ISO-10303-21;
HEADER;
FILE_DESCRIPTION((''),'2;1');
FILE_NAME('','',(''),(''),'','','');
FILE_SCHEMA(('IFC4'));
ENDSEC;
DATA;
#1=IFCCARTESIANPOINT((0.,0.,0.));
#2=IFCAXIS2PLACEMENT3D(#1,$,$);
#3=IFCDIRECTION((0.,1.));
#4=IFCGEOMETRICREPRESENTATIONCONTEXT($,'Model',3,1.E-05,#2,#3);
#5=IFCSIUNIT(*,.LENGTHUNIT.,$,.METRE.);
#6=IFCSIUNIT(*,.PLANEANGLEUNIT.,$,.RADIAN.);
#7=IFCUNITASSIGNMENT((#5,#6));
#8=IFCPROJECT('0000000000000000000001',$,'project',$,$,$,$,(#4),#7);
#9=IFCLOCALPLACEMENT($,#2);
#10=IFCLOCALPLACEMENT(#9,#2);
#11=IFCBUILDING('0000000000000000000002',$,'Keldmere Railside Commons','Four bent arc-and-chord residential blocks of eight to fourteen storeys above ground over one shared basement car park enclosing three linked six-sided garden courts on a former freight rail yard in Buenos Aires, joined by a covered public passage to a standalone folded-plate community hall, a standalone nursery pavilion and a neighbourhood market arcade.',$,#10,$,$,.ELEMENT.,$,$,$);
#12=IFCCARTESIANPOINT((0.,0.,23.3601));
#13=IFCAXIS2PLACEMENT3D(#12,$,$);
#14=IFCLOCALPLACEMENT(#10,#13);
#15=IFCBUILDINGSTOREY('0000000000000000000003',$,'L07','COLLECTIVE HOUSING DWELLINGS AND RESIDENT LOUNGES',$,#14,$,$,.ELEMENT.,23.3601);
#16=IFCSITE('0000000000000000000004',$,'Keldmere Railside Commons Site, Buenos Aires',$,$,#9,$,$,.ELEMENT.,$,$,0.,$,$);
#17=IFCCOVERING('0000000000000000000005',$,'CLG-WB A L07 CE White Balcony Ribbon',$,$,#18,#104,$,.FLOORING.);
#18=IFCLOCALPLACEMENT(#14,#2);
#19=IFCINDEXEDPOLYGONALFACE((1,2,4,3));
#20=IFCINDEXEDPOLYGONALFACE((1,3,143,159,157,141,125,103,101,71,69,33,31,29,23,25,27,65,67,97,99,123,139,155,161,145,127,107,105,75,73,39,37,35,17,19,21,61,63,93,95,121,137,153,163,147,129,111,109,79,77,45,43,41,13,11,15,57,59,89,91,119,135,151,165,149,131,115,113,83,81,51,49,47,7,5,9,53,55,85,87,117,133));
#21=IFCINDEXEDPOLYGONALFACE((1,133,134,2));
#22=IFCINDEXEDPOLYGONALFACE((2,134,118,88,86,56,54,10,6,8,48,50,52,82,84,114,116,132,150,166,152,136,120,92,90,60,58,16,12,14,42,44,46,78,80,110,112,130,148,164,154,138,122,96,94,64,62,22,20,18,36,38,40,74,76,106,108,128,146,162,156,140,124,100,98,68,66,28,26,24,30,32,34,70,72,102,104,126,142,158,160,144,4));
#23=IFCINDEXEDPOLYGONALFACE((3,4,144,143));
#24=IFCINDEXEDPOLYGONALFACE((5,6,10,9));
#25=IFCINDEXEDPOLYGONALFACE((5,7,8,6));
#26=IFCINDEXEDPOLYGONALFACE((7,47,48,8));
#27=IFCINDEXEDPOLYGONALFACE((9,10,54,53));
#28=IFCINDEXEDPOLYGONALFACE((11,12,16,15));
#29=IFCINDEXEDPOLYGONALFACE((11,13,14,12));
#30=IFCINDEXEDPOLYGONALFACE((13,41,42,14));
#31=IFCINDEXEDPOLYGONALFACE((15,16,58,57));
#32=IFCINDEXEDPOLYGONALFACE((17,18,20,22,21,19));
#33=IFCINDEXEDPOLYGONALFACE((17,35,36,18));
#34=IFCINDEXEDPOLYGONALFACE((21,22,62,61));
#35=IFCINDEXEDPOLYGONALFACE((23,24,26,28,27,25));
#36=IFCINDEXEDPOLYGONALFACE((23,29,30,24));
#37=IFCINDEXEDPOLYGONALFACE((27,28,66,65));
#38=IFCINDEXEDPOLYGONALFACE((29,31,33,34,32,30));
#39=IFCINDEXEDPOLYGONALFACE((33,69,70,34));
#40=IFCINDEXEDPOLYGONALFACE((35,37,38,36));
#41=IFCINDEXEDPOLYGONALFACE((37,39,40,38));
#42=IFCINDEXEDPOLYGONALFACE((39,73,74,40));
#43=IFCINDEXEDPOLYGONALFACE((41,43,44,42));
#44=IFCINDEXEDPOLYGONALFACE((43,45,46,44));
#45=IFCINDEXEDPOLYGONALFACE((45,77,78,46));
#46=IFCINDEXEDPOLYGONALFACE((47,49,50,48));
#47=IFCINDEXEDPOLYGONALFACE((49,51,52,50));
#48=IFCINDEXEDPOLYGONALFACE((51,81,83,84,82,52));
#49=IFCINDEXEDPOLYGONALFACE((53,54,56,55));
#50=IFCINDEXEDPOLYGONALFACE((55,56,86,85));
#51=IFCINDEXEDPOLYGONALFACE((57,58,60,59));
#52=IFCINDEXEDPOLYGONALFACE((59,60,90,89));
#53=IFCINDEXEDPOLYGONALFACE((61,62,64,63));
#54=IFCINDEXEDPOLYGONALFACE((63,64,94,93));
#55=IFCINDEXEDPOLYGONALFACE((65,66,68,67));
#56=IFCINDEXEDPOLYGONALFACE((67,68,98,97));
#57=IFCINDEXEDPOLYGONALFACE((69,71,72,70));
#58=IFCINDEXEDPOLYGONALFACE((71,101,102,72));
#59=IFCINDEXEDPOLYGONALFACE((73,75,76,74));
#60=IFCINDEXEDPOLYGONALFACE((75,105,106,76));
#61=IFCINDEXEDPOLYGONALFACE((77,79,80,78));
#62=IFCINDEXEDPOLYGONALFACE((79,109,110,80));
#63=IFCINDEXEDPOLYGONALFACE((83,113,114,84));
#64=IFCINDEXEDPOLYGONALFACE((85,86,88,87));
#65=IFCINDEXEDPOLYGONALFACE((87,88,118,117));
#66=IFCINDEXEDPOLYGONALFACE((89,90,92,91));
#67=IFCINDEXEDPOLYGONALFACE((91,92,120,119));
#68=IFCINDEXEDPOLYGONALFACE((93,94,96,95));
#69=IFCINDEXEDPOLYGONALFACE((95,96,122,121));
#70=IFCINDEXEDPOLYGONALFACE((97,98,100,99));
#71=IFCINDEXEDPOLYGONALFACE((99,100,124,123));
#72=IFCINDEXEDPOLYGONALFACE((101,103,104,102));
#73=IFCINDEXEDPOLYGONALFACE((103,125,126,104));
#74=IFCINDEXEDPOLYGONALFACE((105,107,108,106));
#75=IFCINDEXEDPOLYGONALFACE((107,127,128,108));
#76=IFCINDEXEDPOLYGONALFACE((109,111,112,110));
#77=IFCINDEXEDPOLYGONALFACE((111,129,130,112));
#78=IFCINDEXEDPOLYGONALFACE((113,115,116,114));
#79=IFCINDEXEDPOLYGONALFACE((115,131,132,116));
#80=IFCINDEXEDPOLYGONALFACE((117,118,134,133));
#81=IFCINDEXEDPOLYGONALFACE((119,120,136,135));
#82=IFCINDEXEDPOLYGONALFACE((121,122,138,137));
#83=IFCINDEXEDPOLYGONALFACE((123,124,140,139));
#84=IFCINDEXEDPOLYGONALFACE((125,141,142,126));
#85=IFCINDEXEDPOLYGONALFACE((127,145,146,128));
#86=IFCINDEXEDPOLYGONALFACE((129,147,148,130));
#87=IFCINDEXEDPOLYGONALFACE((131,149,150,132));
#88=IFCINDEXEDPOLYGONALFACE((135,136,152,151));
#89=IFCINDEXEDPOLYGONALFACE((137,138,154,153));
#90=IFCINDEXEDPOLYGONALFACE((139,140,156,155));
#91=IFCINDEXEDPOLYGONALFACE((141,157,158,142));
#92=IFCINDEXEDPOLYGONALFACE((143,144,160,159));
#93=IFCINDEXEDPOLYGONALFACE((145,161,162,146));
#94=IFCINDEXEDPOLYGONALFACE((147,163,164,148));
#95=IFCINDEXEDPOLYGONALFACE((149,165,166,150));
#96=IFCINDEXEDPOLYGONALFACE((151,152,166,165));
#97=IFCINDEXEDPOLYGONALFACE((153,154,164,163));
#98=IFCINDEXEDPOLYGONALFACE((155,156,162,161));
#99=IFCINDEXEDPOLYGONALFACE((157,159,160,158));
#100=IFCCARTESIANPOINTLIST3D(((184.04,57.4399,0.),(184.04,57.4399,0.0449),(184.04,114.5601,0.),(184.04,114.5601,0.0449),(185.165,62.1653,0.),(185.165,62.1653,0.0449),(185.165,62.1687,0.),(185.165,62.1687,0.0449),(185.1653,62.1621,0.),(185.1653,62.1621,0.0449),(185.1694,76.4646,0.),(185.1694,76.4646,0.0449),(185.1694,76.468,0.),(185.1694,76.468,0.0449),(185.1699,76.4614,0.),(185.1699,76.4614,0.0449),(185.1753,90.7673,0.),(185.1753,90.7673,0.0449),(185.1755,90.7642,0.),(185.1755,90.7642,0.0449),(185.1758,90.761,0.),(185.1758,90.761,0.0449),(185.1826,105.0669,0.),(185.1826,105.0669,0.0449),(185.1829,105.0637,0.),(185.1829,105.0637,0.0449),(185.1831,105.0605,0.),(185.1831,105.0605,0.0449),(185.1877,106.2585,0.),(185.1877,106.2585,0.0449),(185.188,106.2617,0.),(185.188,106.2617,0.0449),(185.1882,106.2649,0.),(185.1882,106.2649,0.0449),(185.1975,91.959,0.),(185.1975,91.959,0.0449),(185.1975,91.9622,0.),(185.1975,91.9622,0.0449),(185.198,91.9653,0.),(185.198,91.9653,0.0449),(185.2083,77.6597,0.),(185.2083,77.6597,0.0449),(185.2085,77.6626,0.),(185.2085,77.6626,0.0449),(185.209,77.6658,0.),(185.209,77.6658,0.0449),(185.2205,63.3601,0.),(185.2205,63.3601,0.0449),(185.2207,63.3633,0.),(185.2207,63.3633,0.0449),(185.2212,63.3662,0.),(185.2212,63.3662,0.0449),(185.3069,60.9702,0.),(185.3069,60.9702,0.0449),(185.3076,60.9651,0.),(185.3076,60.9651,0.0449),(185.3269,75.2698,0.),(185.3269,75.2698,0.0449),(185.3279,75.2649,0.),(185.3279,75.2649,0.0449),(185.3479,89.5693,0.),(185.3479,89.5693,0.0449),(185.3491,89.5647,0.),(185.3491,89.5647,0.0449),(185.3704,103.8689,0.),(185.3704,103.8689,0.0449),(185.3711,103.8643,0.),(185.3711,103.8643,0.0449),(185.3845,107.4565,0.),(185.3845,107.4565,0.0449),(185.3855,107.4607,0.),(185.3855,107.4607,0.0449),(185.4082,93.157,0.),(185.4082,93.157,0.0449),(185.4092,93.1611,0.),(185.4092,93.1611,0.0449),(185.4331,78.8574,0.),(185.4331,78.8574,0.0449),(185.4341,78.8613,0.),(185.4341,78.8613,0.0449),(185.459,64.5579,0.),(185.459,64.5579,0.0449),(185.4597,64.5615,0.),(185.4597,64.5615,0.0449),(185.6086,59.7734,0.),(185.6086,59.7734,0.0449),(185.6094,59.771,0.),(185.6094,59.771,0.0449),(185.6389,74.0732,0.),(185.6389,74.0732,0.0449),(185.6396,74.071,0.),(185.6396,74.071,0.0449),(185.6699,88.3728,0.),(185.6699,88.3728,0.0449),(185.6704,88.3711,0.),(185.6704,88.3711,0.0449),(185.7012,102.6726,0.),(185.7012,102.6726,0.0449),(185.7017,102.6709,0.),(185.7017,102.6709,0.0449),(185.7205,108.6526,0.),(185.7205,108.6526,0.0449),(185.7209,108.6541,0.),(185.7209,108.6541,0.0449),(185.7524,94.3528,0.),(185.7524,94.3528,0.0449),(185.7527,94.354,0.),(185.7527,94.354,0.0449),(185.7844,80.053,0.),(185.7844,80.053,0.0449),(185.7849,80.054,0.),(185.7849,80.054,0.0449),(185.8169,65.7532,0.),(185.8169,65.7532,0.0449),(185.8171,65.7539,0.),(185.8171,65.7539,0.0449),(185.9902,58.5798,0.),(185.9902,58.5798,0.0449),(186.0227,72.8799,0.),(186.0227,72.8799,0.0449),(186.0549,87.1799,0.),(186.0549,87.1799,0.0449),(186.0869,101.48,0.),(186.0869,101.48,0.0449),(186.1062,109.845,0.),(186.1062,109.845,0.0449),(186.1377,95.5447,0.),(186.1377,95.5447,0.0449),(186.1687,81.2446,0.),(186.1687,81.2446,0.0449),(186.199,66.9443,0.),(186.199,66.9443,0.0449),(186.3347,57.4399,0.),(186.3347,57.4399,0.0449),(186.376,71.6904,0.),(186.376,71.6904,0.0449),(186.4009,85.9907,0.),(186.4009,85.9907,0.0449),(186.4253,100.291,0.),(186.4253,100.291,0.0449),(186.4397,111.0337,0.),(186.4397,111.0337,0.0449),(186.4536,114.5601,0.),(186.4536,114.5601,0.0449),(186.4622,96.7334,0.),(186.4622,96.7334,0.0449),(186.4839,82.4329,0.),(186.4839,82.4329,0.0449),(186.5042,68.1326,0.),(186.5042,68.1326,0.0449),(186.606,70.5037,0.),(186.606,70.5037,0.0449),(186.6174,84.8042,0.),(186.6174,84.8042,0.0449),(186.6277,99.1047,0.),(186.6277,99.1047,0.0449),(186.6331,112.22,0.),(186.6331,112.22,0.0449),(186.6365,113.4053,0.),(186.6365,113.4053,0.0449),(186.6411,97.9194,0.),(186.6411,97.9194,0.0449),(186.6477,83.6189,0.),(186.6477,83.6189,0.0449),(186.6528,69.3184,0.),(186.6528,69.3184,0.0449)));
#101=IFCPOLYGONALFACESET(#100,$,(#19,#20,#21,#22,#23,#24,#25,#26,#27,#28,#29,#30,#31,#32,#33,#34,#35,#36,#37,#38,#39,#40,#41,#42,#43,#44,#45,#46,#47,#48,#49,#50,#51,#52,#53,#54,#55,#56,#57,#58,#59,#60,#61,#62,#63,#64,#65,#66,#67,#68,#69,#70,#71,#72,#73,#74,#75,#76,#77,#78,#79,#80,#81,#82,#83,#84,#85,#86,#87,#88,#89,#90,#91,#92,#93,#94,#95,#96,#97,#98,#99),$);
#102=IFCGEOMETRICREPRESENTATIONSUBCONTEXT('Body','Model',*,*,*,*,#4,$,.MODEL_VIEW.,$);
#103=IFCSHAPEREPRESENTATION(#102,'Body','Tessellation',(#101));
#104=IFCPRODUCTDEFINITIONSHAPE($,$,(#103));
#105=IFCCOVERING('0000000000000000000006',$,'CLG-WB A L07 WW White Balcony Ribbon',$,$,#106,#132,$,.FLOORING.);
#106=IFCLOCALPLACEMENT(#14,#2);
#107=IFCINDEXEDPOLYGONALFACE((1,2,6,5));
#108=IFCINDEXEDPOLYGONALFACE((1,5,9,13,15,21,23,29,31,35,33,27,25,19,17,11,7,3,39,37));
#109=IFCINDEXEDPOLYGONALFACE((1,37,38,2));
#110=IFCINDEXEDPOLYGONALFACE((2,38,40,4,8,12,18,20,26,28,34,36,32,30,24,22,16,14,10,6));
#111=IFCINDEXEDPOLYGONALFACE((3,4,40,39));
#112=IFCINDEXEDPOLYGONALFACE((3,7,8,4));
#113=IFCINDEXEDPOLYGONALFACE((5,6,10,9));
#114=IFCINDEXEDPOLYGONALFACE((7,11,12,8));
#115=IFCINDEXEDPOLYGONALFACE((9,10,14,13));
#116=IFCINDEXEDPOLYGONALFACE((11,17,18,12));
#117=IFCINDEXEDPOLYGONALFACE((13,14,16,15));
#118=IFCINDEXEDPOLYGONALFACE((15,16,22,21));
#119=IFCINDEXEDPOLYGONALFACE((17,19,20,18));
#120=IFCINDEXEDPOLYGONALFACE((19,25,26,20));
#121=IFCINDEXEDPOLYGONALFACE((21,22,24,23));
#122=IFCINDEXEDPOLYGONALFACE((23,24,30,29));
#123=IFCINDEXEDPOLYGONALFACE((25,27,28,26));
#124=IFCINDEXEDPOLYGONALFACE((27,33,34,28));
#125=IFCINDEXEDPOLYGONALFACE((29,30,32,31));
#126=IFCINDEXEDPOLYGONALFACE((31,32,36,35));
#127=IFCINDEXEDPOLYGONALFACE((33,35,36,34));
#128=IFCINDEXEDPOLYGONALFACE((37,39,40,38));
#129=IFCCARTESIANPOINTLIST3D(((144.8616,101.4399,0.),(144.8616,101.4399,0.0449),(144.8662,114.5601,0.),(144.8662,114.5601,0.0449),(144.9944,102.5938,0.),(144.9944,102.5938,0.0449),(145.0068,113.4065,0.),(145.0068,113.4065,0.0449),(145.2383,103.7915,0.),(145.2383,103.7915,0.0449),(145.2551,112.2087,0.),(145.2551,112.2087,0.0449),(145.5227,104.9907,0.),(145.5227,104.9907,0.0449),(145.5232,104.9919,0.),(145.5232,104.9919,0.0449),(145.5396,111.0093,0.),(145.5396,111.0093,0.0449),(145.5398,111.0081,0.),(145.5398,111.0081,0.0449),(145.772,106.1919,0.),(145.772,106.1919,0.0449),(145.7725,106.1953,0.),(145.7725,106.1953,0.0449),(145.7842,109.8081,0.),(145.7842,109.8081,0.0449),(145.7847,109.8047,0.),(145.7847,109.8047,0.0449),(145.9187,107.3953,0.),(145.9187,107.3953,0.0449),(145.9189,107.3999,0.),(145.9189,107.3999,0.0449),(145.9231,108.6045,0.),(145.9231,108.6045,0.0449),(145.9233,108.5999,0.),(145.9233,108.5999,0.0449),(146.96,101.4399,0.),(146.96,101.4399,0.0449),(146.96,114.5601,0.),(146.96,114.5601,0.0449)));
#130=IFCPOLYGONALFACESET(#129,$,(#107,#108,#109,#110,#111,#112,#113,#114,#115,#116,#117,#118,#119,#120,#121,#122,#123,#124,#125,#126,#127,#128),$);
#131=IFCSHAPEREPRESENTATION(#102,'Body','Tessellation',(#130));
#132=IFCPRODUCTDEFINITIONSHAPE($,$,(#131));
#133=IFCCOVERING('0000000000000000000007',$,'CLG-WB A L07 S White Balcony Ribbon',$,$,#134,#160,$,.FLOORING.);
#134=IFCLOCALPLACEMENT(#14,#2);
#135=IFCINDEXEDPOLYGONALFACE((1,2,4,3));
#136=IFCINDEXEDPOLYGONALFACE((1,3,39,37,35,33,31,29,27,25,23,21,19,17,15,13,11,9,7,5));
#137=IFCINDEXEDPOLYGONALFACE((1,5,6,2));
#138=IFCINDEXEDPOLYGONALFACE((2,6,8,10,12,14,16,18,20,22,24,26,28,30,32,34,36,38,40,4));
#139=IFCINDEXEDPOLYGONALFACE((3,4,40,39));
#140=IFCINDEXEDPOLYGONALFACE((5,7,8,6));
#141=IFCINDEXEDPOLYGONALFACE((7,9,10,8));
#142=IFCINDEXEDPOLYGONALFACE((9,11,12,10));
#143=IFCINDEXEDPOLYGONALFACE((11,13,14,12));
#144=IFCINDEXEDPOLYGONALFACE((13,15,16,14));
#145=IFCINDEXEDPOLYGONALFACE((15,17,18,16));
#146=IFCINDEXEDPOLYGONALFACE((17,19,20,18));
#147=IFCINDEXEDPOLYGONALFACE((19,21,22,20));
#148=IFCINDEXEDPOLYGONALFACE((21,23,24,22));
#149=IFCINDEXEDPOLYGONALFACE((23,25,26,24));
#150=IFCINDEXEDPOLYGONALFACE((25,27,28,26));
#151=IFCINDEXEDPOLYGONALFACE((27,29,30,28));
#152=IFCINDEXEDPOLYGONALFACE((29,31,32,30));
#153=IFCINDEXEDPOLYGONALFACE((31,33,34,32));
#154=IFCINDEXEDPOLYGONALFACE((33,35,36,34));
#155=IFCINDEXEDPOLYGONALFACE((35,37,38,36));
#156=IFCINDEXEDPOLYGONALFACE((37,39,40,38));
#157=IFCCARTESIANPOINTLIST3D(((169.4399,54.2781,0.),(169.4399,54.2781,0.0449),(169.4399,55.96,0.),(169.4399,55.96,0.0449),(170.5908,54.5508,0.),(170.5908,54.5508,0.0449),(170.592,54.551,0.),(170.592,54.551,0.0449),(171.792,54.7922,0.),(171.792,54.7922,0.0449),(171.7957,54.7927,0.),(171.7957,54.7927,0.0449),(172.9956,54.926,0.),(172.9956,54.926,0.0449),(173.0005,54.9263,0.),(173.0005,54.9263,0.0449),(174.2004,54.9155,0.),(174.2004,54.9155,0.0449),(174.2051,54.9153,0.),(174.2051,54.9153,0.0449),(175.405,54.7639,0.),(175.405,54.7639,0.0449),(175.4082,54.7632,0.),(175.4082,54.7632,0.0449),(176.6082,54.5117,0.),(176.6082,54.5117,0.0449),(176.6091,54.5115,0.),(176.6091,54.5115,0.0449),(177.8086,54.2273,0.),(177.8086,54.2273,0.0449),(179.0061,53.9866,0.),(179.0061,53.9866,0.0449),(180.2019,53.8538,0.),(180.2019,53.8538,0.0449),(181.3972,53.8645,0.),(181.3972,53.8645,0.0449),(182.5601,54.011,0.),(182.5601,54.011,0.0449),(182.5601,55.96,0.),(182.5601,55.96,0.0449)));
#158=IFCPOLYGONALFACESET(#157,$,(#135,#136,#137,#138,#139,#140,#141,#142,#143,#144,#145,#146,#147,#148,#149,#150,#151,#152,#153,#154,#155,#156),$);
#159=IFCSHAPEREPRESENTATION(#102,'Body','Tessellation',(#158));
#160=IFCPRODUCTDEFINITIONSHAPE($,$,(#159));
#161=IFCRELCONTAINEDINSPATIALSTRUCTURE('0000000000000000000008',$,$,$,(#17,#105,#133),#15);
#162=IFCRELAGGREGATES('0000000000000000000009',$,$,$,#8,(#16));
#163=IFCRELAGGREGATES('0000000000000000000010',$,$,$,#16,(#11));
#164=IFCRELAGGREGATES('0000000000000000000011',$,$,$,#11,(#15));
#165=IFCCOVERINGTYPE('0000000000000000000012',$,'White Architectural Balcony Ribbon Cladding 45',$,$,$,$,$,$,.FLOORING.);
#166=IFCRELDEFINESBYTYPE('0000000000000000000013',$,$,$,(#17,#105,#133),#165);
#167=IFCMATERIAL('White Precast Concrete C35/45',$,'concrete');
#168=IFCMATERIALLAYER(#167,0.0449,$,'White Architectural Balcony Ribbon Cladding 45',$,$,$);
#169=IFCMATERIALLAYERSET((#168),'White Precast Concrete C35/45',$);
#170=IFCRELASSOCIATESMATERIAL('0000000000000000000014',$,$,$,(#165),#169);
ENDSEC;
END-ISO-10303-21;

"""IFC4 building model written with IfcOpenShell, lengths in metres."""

from ifc_helpers import new_model, si_unit, direction, frame, origin, place, context, subcontext, project, spatial, polyline, outline, extrude, material, layer, layer_set, type_object, element, save


model = new_model("IFC4")

# Units and contexts
model_context = context("Model", 3, precision=1e-05, world=origin(), true_north=direction((0.0, 1.0)))
body_context = subcontext(model_context, "Body", "Model", "MODEL_VIEW")
ifc_project = project(units=[si_unit("LENGTHUNIT", "METRE"), si_unit("PLANEANGLEUNIT", "RADIAN")], contexts=[model_context])

# Site, building, storey
site_placement = place(None, origin())
site = spatial("IfcSite", under=ifc_project, at=site_placement, Name="Keldmere Railside Commons Site, Buenos Aires", CompositionType="ELEMENT", RefElevation=0.0)
building_placement = place(site_placement, origin())
building = spatial("IfcBuilding", under=site, at=building_placement, Name="Keldmere Railside Commons", Description="Four bent arc-and-chord residential blocks of eight to fourteen storeys above ground over one shared basement car park enclosing three linked six-sided garden courts on a former freight rail yard in Buenos Aires, joined by a covered public passage to a standalone folded-plate community hall, a standalone nursery pavilion and a neighbourhood market arcade.", CompositionType="ELEMENT")
storey_placement = place(building_placement, frame((0.0, 0.0, 23.3601)))
storey = spatial("IfcBuildingStorey", under=building, at=storey_placement, Name="L07", Description="COLLECTIVE HOUSING DWELLINGS AND RESIDENT LOUNGES", CompositionType="ELEMENT", Elevation=23.3601)

# Coverings
ifc_material_1 = material(Name="White Precast Concrete C35/45", Category="concrete")
ifc_layer_1 = layer(ifc_material_1, 0.0449, Name="White Architectural Balcony Ribbon Cladding 45")
ifc_layer_set_1 = layer_set([ifc_layer_1], Name="White Precast Concrete C35/45")
covering_type = type_object("IfcCoveringType", Name="White Architectural Balcony Ribbon Cladding 45", PredefinedType="FLOORING", material=ifc_layer_set_1)
covering_1_placement = place(storey_placement, origin())
element("IfcCovering", 1, at=covering_1_placement, inside=storey, type_object=covering_type, Name="CLG-WB A L07 CE White Balcony Ribbon", PredefinedType="FLOORING", context=body_context, shape_type="SweptSolid", body=[
    extrude(outline(polyline([(185.9902, 58.5798), (185.6094, 59.771), (185.6086, 59.7734), (185.3076, 60.9651), (185.3069, 60.9702), (185.1653, 62.1621), (185.165, 62.1653), (185.165, 62.1687), (185.2205, 63.3601), (185.2207, 63.3633), (185.2212, 63.3662), (185.459, 64.5579), (185.4597, 64.5615), (185.8169, 65.7532), (185.8171, 65.7539), (186.199, 66.9443), (186.5042, 68.1326), (186.6528, 69.3184), (186.606, 70.5037), (186.376, 71.6904), (186.0227, 72.8799), (185.6396, 74.071), (185.6389, 74.0732), (185.3279, 75.2649), (185.3269, 75.2698), (185.1699, 76.4614), (185.1694, 76.4646), (185.1694, 76.468), (185.2083, 77.6597), (185.2085, 77.6626), (185.209, 77.6658), (185.4331, 78.8574), (185.4341, 78.8613), (185.7844, 80.053), (185.7849, 80.054), (186.1687, 81.2446), (186.4839, 82.4329), (186.6477, 83.6189), (186.6174, 84.8042), (186.4009, 85.9907), (186.0549, 87.1799), (185.6704, 88.3711), (185.6699, 88.3728), (185.3491, 89.5647), (185.3479, 89.5693), (185.1758, 90.761), (185.1755, 90.7642), (185.1753, 90.7673), (185.1975, 91.959), (185.1975, 91.9622), (185.198, 91.9653), (185.4082, 93.157), (185.4092, 93.1611), (185.7524, 94.3528), (185.7527, 94.354), (186.1377, 95.5447), (186.4622, 96.7334), (186.6411, 97.9194), (186.6277, 99.1047), (186.4253, 100.291), (186.0869, 101.48), (185.7017, 102.6709), (185.7012, 102.6726), (185.3711, 103.8643), (185.3704, 103.8689), (185.1831, 105.0605), (185.1829, 105.0637), (185.1826, 105.0669), (185.1877, 106.2585), (185.188, 106.2617), (185.1882, 106.2649), (185.3845, 107.4565), (185.3855, 107.4607), (185.7205, 108.6526), (185.7209, 108.6541), (186.1062, 109.845), (186.4397, 111.0337), (186.6331, 112.22), (186.6365, 113.4053), (186.4536, 114.5601), (184.04, 114.5601), (184.04, 57.4399), (186.3347, 57.4399), (185.9902, 58.5798)])), origin(), (0.0, 0.0, 1.0), 0.0449),
])
covering_2_placement = place(storey_placement, origin())
element("IfcCovering", 2, at=covering_2_placement, inside=storey, type_object=covering_type, Name="CLG-WB A L07 WW White Balcony Ribbon", PredefinedType="FLOORING", context=body_context, shape_type="SweptSolid", body=[
    extrude(outline(polyline([(146.96, 114.5601), (144.8662, 114.5601), (145.0068, 113.4065), (145.2551, 112.2087), (145.5396, 111.0093), (145.5398, 111.0081), (145.7842, 109.8081), (145.7847, 109.8047), (145.9231, 108.6045), (145.9233, 108.5999), (145.9189, 107.3999), (145.9187, 107.3953), (145.7725, 106.1953), (145.772, 106.1919), (145.5232, 104.9919), (145.5227, 104.9907), (145.2383, 103.7915), (144.9944, 102.5938), (144.8616, 101.4399), (146.96, 101.4399), (146.96, 114.5601)])), origin(), (0.0, 0.0, 1.0), 0.0449),
])
covering_3_placement = place(storey_placement, origin())
element("IfcCovering", 3, at=covering_3_placement, inside=storey, type_object=covering_type, Name="CLG-WB A L07 S White Balcony Ribbon", PredefinedType="FLOORING", context=body_context, shape_type="SweptSolid", body=[
    extrude(outline(polyline([(170.5908, 54.5508), (170.592, 54.551), (171.792, 54.7922), (171.7957, 54.7927), (172.9956, 54.926), (173.0005, 54.9263), (174.2004, 54.9155), (174.2051, 54.9153), (175.405, 54.7639), (175.4082, 54.7632), (176.6082, 54.5117), (176.6091, 54.5115), (177.8086, 54.2273), (179.0061, 53.9866), (180.2019, 53.8538), (181.3972, 53.8645), (182.5601, 54.011), (182.5601, 55.96), (169.4399, 55.96), (169.4399, 54.2781), (170.5908, 54.5508)])), origin(), (0.0, 0.0, 1.0), 0.0449),
])

save(model, "model.ifc")
